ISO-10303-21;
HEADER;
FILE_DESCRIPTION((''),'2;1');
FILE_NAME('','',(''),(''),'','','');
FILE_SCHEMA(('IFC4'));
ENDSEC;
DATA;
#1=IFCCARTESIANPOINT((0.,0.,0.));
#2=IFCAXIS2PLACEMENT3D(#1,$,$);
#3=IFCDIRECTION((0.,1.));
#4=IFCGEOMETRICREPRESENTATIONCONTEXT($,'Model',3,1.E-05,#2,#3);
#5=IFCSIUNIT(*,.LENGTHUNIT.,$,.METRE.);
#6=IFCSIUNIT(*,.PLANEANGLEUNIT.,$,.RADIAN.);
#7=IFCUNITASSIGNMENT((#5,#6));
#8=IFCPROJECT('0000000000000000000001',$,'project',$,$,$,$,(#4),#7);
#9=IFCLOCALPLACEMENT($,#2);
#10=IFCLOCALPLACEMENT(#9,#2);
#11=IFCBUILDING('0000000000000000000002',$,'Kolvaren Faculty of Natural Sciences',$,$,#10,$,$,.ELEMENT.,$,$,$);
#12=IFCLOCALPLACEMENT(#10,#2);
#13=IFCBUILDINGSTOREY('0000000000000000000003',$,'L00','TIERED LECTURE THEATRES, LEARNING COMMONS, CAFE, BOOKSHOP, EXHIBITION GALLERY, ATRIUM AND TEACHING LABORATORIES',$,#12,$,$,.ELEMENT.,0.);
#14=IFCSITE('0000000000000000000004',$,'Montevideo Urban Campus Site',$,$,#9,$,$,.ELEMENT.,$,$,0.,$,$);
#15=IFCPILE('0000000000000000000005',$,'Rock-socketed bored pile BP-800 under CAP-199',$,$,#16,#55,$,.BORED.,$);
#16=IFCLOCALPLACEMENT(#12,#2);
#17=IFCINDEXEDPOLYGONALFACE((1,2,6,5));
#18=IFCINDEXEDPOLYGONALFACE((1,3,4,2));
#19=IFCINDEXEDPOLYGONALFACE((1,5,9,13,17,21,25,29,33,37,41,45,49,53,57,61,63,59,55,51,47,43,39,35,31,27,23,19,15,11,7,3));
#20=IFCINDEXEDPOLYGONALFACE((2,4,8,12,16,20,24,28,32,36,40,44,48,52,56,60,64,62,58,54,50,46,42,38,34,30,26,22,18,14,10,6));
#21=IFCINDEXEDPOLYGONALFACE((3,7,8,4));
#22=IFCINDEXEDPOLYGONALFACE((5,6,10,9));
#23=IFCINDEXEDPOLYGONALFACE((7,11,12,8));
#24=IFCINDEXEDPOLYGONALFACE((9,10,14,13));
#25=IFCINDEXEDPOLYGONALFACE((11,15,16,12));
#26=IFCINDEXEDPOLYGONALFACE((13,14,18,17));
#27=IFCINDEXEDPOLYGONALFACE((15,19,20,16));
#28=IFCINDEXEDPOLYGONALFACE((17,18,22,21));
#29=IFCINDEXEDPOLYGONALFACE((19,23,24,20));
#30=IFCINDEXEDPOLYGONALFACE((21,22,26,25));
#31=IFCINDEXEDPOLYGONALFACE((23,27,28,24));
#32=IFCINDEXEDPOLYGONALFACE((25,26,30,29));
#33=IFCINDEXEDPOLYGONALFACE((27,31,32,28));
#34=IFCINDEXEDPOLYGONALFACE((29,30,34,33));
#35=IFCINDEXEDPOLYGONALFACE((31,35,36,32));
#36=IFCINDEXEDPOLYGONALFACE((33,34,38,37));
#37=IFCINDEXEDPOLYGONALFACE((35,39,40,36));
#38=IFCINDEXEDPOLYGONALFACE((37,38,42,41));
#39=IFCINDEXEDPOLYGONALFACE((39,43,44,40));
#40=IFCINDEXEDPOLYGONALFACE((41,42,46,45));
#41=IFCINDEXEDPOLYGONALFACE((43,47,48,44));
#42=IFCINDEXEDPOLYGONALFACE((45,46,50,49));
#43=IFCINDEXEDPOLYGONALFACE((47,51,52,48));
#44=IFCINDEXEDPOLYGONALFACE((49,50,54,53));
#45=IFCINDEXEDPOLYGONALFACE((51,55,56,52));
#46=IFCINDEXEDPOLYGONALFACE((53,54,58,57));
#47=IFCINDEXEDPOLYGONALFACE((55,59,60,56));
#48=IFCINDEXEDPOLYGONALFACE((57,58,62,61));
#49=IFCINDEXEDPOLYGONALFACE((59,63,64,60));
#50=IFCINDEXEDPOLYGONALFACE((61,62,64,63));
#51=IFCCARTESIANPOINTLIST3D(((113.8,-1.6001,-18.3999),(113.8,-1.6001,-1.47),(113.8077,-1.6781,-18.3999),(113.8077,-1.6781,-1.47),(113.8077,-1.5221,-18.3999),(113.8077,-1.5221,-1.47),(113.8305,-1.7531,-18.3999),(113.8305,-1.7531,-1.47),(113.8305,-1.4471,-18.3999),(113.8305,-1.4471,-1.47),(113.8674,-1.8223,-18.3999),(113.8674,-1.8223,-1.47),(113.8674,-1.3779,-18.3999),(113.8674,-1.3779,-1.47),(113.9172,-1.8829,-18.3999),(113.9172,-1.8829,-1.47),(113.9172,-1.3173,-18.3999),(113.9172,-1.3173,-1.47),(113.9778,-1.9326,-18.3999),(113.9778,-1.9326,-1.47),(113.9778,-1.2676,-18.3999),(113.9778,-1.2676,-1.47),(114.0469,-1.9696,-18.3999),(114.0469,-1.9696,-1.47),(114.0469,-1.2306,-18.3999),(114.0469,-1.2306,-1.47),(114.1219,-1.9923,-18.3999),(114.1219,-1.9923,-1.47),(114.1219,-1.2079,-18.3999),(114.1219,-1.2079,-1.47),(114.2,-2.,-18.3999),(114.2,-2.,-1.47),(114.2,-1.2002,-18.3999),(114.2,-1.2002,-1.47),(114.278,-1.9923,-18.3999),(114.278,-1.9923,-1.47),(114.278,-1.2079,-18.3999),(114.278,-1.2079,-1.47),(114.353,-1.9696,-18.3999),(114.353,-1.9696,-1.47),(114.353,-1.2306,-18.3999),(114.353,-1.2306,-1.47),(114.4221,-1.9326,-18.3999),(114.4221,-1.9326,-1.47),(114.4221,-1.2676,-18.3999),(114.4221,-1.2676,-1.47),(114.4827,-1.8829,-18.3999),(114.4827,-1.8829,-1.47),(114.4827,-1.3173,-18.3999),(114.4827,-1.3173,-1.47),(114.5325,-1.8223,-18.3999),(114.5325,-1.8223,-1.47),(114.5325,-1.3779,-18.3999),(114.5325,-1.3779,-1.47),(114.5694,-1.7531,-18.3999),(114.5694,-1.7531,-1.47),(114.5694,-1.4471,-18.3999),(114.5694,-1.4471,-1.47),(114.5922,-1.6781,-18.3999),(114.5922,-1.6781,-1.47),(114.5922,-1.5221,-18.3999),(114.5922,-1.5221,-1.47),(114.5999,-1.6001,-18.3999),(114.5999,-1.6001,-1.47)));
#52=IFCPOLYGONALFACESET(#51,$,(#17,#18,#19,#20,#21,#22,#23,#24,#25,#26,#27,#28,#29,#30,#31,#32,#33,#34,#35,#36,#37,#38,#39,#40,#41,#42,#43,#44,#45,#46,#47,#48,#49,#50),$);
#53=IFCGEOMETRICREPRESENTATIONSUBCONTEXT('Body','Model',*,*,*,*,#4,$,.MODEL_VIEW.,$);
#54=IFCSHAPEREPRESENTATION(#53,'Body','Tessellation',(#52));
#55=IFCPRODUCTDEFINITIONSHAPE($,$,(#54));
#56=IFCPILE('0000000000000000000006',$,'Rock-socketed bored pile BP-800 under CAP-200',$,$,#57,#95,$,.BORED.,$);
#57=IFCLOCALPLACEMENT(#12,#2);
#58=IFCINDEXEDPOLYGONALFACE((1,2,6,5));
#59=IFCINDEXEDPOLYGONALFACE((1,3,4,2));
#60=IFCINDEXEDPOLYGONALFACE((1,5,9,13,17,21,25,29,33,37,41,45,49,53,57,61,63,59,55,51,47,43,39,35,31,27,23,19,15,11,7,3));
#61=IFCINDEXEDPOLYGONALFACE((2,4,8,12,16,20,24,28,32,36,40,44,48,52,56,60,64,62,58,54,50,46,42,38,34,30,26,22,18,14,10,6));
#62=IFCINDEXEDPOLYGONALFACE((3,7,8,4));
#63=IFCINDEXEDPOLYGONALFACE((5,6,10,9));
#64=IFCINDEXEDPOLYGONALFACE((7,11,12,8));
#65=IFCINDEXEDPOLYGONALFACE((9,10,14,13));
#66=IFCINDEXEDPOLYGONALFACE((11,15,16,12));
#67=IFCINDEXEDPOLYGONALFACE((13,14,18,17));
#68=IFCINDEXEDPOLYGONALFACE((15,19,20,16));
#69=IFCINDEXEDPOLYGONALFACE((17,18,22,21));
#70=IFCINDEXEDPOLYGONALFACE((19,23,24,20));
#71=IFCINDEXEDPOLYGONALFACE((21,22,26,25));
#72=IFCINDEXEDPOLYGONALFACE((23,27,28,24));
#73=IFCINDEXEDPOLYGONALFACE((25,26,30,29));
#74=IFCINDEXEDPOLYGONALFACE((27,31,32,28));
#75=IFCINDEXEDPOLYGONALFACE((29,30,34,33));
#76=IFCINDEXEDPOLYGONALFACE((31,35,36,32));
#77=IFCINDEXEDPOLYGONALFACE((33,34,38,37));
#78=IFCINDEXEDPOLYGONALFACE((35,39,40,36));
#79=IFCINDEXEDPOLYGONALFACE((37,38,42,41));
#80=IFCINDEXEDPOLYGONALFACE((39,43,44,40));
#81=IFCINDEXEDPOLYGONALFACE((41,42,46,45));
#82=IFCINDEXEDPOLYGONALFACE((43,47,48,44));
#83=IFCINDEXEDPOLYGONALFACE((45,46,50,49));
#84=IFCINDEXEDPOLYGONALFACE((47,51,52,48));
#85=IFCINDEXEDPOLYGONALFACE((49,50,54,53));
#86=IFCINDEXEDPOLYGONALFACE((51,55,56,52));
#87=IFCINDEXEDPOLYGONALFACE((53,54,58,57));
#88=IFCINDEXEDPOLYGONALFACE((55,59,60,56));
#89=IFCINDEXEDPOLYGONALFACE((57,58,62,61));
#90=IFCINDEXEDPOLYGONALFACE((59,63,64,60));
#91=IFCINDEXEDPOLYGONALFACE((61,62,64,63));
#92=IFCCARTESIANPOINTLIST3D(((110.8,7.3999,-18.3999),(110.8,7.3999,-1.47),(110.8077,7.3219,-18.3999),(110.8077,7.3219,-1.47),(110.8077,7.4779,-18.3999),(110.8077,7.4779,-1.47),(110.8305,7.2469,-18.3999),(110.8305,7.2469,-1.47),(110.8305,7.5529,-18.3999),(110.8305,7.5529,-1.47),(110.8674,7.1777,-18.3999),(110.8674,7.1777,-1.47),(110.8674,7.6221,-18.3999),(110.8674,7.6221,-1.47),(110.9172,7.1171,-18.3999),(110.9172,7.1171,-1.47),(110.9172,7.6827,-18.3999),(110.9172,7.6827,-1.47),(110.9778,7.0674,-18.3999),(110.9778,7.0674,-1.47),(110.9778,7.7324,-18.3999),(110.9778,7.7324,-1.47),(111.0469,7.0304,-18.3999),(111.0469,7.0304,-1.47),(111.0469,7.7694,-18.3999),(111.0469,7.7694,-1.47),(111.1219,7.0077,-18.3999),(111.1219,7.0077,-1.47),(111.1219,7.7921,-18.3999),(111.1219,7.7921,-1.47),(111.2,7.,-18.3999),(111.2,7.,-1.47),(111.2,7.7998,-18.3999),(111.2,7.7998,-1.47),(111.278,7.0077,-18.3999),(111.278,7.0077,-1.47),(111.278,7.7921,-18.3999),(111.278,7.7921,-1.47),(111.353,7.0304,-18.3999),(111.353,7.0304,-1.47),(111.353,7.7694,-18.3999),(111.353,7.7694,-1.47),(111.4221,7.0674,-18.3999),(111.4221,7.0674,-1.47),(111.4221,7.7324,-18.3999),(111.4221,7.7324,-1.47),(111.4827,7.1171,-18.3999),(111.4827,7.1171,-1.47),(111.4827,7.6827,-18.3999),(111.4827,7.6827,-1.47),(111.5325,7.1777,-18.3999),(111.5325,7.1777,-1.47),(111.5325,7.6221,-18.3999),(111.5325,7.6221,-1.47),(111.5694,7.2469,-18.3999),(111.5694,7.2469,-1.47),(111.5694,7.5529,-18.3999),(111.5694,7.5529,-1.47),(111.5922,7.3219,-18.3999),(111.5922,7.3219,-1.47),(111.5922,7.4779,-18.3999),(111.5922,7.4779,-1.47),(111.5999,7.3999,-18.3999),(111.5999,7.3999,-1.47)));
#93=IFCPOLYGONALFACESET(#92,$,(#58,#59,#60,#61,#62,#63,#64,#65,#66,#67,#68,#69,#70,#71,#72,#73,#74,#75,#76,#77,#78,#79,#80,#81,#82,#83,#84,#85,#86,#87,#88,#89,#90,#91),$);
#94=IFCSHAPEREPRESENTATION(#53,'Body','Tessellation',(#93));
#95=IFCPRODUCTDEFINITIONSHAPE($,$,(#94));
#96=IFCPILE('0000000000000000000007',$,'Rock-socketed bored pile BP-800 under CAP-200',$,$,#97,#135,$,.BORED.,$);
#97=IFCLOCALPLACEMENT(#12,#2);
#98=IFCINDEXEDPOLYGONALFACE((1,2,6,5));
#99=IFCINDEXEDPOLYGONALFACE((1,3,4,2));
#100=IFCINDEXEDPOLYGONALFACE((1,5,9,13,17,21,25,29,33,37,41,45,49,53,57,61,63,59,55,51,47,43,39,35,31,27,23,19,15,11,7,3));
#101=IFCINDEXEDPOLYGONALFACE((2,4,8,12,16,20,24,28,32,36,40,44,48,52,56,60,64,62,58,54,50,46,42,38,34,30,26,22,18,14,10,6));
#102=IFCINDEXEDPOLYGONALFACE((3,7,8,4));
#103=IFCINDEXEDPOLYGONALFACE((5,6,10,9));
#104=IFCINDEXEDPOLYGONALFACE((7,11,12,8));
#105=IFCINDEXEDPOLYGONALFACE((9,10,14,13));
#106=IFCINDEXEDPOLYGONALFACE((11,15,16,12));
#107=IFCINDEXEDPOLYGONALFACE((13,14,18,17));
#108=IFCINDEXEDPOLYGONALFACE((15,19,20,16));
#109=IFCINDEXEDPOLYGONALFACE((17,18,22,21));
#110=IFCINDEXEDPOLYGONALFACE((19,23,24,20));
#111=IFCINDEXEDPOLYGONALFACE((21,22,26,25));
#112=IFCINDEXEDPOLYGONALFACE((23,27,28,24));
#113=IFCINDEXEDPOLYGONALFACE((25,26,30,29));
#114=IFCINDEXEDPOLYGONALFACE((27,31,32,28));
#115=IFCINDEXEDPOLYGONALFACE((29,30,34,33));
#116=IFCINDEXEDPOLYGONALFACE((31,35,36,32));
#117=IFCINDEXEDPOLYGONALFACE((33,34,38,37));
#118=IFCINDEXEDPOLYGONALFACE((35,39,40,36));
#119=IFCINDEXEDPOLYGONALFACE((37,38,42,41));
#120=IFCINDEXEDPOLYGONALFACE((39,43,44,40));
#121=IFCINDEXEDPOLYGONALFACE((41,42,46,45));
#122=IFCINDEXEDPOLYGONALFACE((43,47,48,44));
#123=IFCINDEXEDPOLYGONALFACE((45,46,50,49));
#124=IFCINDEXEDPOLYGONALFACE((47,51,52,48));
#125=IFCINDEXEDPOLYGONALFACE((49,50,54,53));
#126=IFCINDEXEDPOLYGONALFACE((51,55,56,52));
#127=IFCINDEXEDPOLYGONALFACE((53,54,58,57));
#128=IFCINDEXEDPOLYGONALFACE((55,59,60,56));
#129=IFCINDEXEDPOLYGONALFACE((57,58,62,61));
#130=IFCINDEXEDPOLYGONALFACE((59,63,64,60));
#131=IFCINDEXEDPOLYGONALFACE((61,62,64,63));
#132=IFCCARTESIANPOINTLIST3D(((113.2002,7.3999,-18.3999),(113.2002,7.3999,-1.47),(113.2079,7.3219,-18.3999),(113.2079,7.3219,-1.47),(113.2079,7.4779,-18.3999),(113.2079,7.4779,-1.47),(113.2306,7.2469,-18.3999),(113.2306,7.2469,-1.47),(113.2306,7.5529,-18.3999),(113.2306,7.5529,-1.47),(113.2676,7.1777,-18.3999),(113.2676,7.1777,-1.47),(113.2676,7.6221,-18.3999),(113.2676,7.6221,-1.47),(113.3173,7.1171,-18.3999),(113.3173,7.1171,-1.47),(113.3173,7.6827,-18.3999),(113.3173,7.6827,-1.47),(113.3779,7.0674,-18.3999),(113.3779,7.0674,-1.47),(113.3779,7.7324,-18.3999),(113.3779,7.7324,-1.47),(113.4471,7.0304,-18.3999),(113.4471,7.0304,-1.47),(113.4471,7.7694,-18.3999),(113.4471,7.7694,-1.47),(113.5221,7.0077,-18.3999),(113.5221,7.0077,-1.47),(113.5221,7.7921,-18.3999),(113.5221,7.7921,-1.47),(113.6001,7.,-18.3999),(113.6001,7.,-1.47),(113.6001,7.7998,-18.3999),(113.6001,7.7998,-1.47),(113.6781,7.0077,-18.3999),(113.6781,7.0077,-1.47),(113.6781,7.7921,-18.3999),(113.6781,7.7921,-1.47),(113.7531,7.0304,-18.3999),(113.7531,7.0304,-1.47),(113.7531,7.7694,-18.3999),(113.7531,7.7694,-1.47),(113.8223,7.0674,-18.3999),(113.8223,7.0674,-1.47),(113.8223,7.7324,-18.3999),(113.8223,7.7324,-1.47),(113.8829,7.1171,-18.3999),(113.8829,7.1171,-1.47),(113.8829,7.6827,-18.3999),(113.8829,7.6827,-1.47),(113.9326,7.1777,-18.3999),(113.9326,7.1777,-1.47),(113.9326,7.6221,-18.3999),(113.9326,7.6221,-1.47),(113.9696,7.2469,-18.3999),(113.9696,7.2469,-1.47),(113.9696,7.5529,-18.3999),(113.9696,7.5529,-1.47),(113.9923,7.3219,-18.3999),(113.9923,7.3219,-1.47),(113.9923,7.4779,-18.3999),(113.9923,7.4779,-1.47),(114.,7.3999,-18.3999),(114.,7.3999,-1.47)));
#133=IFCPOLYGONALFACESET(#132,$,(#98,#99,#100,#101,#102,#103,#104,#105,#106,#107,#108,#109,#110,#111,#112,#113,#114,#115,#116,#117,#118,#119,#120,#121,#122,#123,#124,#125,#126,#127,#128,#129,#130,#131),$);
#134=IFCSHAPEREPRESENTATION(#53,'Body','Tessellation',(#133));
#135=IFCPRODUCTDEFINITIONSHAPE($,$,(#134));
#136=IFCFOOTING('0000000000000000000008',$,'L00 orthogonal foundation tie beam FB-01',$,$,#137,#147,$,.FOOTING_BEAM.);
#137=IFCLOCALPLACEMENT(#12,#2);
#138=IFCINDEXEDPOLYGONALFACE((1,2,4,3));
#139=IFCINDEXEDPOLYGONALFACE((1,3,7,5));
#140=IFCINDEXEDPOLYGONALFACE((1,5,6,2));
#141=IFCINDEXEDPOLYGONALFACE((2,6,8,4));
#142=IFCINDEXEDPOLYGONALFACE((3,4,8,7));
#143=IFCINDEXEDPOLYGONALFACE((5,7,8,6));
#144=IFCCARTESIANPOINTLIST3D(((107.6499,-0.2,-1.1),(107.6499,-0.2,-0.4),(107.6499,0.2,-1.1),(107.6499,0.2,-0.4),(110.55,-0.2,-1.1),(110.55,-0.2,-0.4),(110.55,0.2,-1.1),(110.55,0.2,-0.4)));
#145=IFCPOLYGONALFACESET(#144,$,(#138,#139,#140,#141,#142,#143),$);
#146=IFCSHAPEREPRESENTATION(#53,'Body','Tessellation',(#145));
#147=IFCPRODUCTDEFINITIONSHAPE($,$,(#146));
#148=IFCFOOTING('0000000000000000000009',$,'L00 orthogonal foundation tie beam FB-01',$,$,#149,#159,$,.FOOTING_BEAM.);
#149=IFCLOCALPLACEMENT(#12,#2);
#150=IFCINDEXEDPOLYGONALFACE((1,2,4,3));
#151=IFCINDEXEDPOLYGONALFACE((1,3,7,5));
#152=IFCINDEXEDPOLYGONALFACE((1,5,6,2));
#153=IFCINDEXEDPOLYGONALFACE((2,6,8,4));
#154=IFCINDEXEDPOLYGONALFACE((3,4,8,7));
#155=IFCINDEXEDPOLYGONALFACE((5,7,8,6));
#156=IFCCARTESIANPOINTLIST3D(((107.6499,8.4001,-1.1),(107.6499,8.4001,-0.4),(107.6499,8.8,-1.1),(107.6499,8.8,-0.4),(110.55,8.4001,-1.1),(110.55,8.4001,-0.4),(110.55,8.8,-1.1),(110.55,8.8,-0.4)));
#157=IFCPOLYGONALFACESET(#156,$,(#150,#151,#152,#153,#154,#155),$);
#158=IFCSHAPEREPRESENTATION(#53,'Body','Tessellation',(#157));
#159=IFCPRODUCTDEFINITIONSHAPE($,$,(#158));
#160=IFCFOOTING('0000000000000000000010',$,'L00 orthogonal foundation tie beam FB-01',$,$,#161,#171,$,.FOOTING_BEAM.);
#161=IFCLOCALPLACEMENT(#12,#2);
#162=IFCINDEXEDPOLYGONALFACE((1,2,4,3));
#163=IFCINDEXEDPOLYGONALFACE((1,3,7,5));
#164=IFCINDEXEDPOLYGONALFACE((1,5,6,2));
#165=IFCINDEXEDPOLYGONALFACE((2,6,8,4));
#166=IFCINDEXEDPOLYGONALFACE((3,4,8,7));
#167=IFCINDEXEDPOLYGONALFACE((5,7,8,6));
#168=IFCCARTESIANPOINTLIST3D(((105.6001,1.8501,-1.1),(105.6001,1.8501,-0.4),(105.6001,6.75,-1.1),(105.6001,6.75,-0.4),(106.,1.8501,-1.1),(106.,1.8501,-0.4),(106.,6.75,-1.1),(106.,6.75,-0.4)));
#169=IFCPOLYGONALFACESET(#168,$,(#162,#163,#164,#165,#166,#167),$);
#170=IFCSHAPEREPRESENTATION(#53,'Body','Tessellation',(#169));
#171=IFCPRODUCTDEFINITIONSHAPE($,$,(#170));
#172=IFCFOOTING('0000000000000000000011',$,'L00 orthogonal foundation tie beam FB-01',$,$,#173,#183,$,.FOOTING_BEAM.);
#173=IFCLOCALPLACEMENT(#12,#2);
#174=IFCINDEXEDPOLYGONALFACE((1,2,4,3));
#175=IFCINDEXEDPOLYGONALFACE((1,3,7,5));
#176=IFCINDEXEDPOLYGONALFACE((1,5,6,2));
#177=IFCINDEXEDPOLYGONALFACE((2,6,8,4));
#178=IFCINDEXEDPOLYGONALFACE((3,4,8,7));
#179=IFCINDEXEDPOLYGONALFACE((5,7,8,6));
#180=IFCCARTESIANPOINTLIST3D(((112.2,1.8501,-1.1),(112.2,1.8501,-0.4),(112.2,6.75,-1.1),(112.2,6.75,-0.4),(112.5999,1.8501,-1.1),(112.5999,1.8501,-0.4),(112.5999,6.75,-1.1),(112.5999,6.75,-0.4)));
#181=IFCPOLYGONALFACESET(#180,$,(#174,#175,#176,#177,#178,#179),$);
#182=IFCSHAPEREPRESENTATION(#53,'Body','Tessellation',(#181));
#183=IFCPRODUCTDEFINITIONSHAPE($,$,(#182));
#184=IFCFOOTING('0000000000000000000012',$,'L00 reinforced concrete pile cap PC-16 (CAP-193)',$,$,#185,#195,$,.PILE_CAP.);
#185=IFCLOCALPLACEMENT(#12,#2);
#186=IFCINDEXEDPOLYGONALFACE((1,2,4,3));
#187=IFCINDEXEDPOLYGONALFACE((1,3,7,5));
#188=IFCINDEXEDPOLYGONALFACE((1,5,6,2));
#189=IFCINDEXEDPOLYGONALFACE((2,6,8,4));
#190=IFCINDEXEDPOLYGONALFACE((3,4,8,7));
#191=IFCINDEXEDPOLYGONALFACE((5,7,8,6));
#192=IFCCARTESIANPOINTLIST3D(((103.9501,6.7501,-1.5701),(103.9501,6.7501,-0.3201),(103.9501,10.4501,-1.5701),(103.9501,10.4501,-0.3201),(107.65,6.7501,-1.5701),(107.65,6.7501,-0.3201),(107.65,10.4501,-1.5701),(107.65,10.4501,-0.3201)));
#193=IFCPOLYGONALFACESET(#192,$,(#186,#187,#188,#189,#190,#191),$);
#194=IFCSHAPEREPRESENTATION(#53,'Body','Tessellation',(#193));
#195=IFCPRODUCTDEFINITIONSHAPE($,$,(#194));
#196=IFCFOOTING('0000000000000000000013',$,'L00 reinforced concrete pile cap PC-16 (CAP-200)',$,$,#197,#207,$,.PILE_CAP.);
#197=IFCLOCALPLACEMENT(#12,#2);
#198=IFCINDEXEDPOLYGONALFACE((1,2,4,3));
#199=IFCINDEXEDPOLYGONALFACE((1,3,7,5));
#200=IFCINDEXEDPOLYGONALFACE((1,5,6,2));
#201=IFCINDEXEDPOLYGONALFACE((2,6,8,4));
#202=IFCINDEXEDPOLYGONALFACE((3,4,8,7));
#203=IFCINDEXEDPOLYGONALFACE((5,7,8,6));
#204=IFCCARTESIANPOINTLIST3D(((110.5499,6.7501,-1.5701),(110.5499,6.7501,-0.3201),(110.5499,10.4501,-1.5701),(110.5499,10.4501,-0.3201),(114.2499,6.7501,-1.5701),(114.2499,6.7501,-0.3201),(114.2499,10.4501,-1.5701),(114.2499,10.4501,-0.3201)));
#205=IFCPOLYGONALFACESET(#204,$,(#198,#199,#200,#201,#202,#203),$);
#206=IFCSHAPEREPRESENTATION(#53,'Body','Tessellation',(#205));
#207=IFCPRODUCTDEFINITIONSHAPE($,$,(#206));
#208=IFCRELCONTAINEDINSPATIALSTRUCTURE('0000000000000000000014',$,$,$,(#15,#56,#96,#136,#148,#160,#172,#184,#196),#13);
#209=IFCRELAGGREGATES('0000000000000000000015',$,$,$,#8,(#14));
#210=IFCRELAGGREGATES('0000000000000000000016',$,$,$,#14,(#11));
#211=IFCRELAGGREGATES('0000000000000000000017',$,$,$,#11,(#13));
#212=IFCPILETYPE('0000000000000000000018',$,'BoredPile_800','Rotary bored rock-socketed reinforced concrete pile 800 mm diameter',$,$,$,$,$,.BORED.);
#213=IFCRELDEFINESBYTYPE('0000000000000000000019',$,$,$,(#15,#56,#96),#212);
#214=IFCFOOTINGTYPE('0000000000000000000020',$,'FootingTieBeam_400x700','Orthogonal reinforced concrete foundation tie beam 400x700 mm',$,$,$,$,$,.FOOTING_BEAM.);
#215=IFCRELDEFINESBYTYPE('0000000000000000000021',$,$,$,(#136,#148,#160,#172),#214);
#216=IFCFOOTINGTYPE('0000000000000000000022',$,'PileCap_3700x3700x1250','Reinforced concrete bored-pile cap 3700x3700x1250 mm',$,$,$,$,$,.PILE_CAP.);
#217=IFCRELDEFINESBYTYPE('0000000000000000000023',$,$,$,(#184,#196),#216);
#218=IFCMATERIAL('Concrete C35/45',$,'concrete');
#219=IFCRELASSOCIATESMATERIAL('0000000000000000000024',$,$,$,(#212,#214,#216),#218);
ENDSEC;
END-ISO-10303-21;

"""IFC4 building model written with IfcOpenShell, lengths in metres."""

from ifc_helpers import new_model, si_unit, direction, frame, origin, origin_2d, place, context, subcontext, project, spatial, rectangle, circle, extrude, material, material_profile, profile_set, type_object, element, save


model = new_model("IFC4")

# Units and contexts
model_context = context("Model", 3, precision=1e-05, world=origin(), true_north=direction((0.0, 1.0)))
body_context = subcontext(model_context, "Body", "Model", "MODEL_VIEW")
ifc_project = project(units=[si_unit("LENGTHUNIT", "METRE"), si_unit("PLANEANGLEUNIT", "RADIAN")], contexts=[model_context])

# Site, building, storey
site_placement = place(None, origin())
site = spatial("IfcSite", under=ifc_project, at=site_placement, Name="Montevideo Urban Campus Site", CompositionType="ELEMENT", RefElevation=0.0)
building_placement = place(site_placement, origin())
building = spatial("IfcBuilding", under=site, at=building_placement, Name="Kolvaren Faculty of Natural Sciences", CompositionType="ELEMENT")
storey_placement = place(building_placement, origin())
storey = spatial("IfcBuildingStorey", under=building, at=storey_placement, Name="L00", Description="TIERED LECTURE THEATRES, LEARNING COMMONS, CAFE, BOOKSHOP, EXHIBITION GALLERY, ATRIUM AND TEACHING LABORATORIES", CompositionType="ELEMENT", Elevation=0.0)

# Piles
ifc_material_1 = material(Name="Concrete C35/45", Category="concrete")
ifc_material_profile_1 = material_profile(ifc_material_1, circle(Radius=0.3999, at=origin_2d()), Name="PILE D800")
ifc_profile_set_1 = profile_set([ifc_material_profile_1], Name="Concrete C35/45")
pile_type = type_object("IfcPileType", Name="BoredPile_800", Description="Rotary bored rock-socketed reinforced concrete pile 800 mm diameter", PredefinedType="BORED", material=ifc_profile_set_1)
for number, where, z_axis, x_axis, name in (
    (1, (114.2, -1.6001, -1.47), (0.0, 0.0, -1.0), (1.0, 0.0, 0.0), "Rock-socketed bored pile BP-800 under CAP-199"),
    (2, (111.2, 7.3999, -1.47), (0.0, 0.0, -1.0), (1.0, 0.0, 0.0), "Rock-socketed bored pile BP-800 under CAP-200"),
    (3, (113.6001, 7.3999, -1.47), (0.0, 0.0, -1.0), (1.0, 0.0, 0.0), "Rock-socketed bored pile BP-800 under CAP-200"),
):
    element("IfcPile", number, at=place(storey_placement, frame(where, z_axis=z_axis, x_axis=x_axis)), inside=storey, type_object=pile_type, Name=name, PredefinedType="BORED", context=body_context, shape_type="SweptSolid", body=[
        extrude(circle(Radius=0.3999, at=origin_2d()), origin(), (0.0, 0.0, 1.0), 16.9299),
    ])

# Footings
ifc_material_profile_2 = material_profile(ifc_material_1, rectangle(XDim=0.3999, YDim=0.7, at=origin_2d()), Name="RC FB 400x700")
ifc_profile_set_2 = profile_set([ifc_material_profile_2], Name="Concrete C35/45")
footing_type_1 = type_object("IfcFootingType", Name="FootingTieBeam_400x700", Description="Orthogonal reinforced concrete foundation tie beam 400x700 mm", PredefinedType="FOOTING_BEAM", material=ifc_profile_set_2)
for number, where, z_axis, x_axis, name in (
    (4, (107.6499, 0.0, -0.75), (1.0, 0.0, 0.0), (0.0, 1.0, 0.0), "L00 orthogonal foundation tie beam FB-01"),
    (5, (107.6499, 8.6001, -0.75), (1.0, 0.0, 0.0), (0.0, 1.0, 0.0), "L00 orthogonal foundation tie beam FB-01"),
):
    element("IfcFooting", number, at=place(storey_placement, frame(where, z_axis=z_axis, x_axis=x_axis)), inside=storey, type_object=footing_type_1, Name=name, PredefinedType="FOOTING_BEAM", context=body_context, shape_type="SweptSolid", body=[
        extrude(rectangle(XDim=0.3999, YDim=0.7, at=origin_2d()), origin(), (0.0, 0.0, 1.0), 2.9001),
    ])
for number, where, z_axis, x_axis, name in (
    (6, (105.8, 1.8501, -0.75), (0.0, 1.0, 0.0), (-1.0, 0.0, 0.0), "L00 orthogonal foundation tie beam FB-01"),
    (7, (112.3999, 1.8501, -0.75), (0.0, 1.0, 0.0), (-1.0, 0.0, 0.0), "L00 orthogonal foundation tie beam FB-01"),
):
    element("IfcFooting", number, at=place(storey_placement, frame(where, z_axis=z_axis, x_axis=x_axis)), inside=storey, type_object=footing_type_1, Name=name, PredefinedType="FOOTING_BEAM", context=body_context, shape_type="SweptSolid", body=[
        extrude(rectangle(XDim=0.3999, YDim=0.7, at=origin_2d()), origin(), (0.0, 0.0, 1.0), 4.8999),
    ])
footing_type_2 = type_object("IfcFootingType", Name="PileCap_3700x3700x1250", Description="Reinforced concrete bored-pile cap 3700x3700x1250 mm", PredefinedType="PILE_CAP", material=ifc_material_1)
for number, where, z_axis, x_axis, name in (
    (8, (105.8, 8.6001, -1.5701), (0.0, 0.0, 1.0), (1.0, 0.0, 0.0), "L00 reinforced concrete pile cap PC-16 (CAP-193)"),
    (9, (112.3999, 8.6001, -1.5701), (0.0, 0.0, 1.0), (1.0, 0.0, 0.0), "L00 reinforced concrete pile cap PC-16 (CAP-200)"),
):
    element("IfcFooting", number, at=place(storey_placement, frame(where, z_axis=z_axis, x_axis=x_axis)), inside=storey, type_object=footing_type_2, Name=name, PredefinedType="PILE_CAP", context=body_context, shape_type="SweptSolid", body=[
        extrude(rectangle(XDim=3.7, YDim=3.7, at=origin_2d()), origin(), (0.0, 0.0, 1.0), 1.25),
    ])

save(model, "model.ifc")
